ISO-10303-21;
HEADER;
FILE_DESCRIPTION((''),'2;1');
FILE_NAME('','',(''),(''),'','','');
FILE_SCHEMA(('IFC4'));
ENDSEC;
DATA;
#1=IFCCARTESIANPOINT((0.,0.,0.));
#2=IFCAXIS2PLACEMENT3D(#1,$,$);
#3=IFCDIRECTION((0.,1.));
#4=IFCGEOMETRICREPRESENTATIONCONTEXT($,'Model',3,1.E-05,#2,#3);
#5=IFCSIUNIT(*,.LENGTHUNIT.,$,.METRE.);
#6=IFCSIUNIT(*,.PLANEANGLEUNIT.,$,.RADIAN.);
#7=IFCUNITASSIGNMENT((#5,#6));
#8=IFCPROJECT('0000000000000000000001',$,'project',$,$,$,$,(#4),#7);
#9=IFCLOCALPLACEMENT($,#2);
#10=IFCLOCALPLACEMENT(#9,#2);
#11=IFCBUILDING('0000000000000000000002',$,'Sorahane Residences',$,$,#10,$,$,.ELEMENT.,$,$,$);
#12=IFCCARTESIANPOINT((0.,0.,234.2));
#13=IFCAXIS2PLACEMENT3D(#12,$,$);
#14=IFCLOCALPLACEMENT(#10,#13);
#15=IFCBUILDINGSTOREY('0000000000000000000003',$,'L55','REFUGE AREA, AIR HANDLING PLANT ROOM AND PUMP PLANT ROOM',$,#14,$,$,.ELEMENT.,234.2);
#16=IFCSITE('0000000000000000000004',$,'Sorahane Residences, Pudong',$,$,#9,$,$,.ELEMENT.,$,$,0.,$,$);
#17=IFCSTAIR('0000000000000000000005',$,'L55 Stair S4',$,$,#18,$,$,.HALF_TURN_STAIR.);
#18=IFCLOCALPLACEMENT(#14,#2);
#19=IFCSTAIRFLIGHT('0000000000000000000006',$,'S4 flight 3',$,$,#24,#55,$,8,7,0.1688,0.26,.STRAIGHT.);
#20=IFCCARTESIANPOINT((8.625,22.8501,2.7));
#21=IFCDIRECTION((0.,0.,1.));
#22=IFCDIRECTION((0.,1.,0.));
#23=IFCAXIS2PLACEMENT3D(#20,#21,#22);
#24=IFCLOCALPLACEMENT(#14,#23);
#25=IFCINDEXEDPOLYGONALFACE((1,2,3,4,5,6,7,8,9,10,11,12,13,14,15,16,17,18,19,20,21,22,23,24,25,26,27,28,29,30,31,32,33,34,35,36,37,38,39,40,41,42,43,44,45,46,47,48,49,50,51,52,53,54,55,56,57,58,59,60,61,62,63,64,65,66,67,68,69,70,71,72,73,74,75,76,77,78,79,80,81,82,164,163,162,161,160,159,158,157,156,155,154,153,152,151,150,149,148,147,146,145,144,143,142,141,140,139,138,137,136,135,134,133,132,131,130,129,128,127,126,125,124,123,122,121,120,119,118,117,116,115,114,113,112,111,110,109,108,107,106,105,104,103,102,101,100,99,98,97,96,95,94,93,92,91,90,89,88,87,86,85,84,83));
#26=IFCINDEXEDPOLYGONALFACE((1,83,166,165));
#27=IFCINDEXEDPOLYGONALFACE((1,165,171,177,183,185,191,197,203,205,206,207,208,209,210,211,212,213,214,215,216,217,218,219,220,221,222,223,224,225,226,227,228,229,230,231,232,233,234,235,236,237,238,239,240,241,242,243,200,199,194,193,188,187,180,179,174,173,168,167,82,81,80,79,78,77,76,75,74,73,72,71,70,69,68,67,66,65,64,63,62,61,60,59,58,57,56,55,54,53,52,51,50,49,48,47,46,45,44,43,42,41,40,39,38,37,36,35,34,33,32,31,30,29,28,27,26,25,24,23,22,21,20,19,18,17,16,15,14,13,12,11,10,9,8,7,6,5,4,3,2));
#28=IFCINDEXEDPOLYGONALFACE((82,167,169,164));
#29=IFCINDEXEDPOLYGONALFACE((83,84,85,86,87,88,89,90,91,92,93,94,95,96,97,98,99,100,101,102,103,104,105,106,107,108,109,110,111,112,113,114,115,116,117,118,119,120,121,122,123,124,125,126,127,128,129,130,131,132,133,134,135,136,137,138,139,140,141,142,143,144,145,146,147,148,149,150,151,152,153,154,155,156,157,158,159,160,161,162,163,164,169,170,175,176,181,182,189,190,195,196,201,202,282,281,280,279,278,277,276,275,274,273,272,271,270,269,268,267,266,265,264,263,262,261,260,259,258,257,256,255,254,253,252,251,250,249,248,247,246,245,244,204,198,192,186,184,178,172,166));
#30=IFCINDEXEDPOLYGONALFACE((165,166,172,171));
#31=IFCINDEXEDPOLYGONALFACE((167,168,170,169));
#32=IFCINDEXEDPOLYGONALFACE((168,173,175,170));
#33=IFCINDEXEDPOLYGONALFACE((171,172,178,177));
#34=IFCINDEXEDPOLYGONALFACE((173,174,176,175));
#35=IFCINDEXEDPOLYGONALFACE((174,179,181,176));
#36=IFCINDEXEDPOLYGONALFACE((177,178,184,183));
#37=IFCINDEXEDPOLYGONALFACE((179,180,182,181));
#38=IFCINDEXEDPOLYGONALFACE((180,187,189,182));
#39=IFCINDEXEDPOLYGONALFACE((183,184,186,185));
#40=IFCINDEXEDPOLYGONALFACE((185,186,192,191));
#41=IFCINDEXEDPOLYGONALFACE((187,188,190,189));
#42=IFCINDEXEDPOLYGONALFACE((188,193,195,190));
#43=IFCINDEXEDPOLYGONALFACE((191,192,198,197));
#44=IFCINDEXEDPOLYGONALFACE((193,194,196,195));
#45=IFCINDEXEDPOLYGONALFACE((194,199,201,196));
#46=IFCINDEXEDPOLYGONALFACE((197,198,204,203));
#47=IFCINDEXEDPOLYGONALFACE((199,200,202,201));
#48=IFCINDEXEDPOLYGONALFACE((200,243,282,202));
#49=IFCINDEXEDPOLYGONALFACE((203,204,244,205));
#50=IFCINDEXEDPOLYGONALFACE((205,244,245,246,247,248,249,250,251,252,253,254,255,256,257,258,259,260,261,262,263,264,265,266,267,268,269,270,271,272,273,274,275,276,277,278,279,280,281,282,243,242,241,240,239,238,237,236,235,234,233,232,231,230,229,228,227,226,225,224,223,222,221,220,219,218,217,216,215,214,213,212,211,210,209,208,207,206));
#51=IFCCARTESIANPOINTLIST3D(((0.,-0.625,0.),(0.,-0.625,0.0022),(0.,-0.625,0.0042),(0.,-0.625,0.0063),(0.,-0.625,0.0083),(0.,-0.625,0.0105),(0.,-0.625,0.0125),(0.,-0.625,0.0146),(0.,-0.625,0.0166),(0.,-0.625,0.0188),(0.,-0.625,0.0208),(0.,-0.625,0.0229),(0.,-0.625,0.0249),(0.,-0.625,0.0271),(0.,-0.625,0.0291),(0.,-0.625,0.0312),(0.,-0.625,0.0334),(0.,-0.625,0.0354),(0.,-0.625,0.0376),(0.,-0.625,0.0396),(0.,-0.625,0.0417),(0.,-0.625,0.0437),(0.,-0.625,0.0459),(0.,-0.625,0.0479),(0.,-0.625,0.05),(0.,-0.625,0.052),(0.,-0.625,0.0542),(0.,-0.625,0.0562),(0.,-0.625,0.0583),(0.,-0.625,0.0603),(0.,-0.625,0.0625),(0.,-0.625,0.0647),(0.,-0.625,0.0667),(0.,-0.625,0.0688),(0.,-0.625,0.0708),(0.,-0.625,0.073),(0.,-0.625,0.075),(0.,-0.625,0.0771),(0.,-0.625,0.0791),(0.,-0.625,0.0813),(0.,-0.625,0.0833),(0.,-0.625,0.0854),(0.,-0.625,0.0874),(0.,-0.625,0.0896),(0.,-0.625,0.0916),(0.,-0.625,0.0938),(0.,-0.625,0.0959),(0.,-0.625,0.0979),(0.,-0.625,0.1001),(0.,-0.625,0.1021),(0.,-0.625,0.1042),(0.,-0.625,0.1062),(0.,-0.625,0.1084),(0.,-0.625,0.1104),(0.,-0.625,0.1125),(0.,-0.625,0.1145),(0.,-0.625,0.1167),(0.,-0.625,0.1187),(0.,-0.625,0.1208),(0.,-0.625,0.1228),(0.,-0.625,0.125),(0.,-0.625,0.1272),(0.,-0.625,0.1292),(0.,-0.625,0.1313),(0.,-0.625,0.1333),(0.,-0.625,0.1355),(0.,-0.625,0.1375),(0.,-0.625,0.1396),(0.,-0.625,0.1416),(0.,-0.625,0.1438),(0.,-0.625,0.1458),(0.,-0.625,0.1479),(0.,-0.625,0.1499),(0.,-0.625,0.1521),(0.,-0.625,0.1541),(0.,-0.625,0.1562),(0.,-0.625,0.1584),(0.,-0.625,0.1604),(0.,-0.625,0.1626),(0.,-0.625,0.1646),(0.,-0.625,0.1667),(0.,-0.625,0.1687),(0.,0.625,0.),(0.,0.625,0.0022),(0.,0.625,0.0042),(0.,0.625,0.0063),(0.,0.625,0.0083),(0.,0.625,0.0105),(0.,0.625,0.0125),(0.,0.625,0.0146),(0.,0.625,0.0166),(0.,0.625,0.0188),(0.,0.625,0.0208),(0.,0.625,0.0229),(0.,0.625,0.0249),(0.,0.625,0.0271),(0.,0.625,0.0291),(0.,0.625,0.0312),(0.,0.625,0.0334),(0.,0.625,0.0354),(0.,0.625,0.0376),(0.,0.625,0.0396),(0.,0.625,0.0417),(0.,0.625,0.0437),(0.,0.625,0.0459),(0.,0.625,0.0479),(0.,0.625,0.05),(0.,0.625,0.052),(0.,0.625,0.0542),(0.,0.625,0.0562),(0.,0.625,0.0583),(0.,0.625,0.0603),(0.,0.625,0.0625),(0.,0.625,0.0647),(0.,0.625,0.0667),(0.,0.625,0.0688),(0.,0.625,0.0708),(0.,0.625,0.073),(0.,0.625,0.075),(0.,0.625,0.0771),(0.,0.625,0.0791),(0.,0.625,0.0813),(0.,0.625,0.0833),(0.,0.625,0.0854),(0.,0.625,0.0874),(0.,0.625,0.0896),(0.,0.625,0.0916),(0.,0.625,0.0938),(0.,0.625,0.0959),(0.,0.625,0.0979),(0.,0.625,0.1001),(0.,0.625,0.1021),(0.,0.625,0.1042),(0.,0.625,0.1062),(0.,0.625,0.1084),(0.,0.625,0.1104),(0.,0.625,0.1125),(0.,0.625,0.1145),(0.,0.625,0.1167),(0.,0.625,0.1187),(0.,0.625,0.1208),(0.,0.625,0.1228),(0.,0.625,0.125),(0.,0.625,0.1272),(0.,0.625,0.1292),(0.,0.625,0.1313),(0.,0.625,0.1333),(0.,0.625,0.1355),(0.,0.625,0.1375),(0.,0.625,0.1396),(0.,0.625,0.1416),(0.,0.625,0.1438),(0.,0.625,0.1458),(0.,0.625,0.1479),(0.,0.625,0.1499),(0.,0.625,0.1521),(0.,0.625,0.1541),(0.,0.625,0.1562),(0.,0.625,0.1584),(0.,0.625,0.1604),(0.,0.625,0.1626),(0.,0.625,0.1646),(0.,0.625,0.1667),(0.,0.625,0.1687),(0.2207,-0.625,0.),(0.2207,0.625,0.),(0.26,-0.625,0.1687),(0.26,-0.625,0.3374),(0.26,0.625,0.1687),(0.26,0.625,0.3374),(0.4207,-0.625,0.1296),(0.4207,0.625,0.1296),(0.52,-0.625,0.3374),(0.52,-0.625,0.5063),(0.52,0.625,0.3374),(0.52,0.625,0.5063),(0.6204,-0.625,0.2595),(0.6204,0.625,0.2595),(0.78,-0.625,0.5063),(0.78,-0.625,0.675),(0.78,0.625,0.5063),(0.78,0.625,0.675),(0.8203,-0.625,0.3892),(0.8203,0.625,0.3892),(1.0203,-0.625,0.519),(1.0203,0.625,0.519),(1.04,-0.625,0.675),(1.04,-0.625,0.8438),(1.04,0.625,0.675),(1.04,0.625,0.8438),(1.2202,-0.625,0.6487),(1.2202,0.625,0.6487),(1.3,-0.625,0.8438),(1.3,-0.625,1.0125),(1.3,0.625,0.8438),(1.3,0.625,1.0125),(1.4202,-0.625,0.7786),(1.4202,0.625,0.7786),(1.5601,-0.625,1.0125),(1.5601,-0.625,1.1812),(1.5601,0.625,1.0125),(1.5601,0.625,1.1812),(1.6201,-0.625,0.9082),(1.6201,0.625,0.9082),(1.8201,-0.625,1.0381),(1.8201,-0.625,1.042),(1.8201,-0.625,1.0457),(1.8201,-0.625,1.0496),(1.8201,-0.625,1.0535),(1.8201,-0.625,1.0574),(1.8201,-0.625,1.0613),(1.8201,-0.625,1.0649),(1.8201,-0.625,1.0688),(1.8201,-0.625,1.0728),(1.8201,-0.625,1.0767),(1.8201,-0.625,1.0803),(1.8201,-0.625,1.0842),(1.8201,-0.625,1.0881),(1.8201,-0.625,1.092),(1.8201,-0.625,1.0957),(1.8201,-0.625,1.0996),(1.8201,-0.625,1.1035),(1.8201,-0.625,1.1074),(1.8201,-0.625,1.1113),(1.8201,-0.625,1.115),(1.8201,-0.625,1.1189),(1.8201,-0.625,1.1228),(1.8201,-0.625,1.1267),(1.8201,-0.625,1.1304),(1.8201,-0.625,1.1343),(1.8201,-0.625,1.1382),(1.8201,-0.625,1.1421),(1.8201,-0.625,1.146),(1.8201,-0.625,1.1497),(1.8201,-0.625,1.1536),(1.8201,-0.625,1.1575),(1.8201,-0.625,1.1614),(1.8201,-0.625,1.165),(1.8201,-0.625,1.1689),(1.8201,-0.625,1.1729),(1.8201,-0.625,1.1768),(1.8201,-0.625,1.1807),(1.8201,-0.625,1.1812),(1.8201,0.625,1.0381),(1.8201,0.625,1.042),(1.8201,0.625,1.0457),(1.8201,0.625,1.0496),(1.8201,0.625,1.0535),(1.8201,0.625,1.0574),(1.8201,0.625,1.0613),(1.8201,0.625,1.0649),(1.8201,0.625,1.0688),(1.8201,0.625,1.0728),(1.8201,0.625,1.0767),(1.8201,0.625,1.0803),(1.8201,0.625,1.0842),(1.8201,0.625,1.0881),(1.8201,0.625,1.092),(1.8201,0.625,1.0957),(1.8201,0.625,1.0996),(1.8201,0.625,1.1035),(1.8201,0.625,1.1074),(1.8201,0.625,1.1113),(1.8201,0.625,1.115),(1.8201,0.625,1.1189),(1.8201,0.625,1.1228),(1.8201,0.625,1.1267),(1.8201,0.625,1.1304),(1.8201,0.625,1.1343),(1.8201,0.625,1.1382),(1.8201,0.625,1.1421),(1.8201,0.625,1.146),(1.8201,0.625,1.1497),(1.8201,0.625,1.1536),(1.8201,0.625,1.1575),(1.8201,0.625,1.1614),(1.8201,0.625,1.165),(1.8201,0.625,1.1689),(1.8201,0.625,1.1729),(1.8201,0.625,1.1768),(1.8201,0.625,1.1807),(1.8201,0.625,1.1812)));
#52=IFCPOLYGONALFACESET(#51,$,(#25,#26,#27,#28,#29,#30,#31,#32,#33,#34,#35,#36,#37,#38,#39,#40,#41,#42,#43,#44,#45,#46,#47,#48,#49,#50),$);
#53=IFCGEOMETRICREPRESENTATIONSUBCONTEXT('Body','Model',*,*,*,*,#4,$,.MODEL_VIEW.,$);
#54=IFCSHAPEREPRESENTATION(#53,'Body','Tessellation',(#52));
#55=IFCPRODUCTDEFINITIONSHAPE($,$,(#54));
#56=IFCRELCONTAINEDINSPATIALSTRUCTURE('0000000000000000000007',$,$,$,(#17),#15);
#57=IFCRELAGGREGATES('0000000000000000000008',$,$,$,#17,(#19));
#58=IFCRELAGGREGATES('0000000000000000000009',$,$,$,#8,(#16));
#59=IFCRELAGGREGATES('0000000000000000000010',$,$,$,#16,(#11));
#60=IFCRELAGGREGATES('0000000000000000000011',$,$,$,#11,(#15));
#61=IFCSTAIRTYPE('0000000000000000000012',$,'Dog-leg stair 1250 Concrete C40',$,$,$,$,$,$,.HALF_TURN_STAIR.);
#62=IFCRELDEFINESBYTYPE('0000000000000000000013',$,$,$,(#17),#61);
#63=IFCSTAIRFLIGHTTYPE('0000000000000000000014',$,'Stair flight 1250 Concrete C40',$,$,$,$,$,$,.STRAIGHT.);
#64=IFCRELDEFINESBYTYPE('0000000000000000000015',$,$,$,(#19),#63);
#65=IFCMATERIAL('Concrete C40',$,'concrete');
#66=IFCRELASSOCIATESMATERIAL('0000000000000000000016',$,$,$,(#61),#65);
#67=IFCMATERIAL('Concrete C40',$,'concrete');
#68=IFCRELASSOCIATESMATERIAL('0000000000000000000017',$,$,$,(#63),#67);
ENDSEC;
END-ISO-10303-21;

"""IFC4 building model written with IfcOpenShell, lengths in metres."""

from ifc_helpers import new_model, si_unit, direction, frame, origin, place, context, subcontext, project, spatial, polyline, outline, extrude, material, type_object, element, aggregate, save


model = new_model("IFC4")

# Units and contexts
model_context = context("Model", 3, precision=1e-05, world=origin(), true_north=direction((0.0, 1.0)))
body_context = subcontext(model_context, "Body", "Model", "MODEL_VIEW")
ifc_project = project(units=[si_unit("LENGTHUNIT", "METRE"), si_unit("PLANEANGLEUNIT", "RADIAN")], contexts=[model_context])

# Site, building, storey
site_placement = place(None, origin())
site = spatial("IfcSite", under=ifc_project, at=site_placement, Name="Sorahane Residences, Pudong", CompositionType="ELEMENT", RefElevation=0.0)
building_placement = place(site_placement, origin())
building = spatial("IfcBuilding", under=site, at=building_placement, Name="Sorahane Residences", CompositionType="ELEMENT")
storey_placement = place(building_placement, frame((0.0, 0.0, 234.2)))
storey = spatial("IfcBuildingStorey", under=building, at=storey_placement, Name="L55", Description="REFUGE AREA, AIR HANDLING PLANT ROOM AND PUMP PLANT ROOM", CompositionType="ELEMENT", Elevation=234.2)

# Stair, stair flight
ifc_material_1 = material(Name="Concrete C40", Category="concrete")
stair_type = type_object("IfcStairType", Name="Dog-leg stair 1250 Concrete C40", PredefinedType="HALF_TURN_STAIR", material=ifc_material_1)
stair_placement = place(storey_placement, origin())
stair = element("IfcStair", 1, at=stair_placement, inside=storey, type_object=stair_type, Name="L55 Stair S4", PredefinedType="HALF_TURN_STAIR")
ifc_material_2 = material(Name="Concrete C40", Category="concrete")
stair_flight_type = type_object("IfcStairFlightType", Name="Stair flight 1250 Concrete C40", PredefinedType="STRAIGHT", material=ifc_material_2)
stair_flight_1_placement = place(storey_placement, frame((8.625, 22.8501, 2.7), z_axis=(0.0, 0.0, 1.0), x_axis=(0.0, 1.0, 0.0)))
stair_flight_1 = element("IfcStairFlight", 2, at=stair_flight_1_placement, type_object=stair_flight_type, Name="S4 flight 3", NumberOfRisers=8, NumberOfTreads=7, PredefinedType="STRAIGHT", RiserHeight=0.1688, TreadLength=0.26, context=body_context, shape_type="SweptSolid", body=[
    extrude(outline(polyline([(0.0, 0.0), (0.0, 0.0022), (0.0, 0.0042), (0.0, 0.0063), (0.0, 0.0083), (0.0, 0.0105), (0.0, 0.0125), (0.0, 0.0146), (0.0, 0.0166), (0.0, 0.0188), (0.0, 0.0208), (0.0, 0.0229), (0.0, 0.0249), (0.0, 0.0271), (0.0, 0.0291), (0.0, 0.0312), (0.0, 0.0334), (0.0, 0.0354), (0.0, 0.0376), (0.0, 0.0396), (0.0, 0.0417), (0.0, 0.0437), (0.0, 0.0459), (0.0, 0.0479), (0.0, 0.05), (0.0, 0.052), (0.0, 0.0542), (0.0, 0.0562), (0.0, 0.0583), (0.0, 0.0603), (0.0, 0.0625), (0.0, 0.0647), (0.0, 0.0667), (0.0, 0.0688), (0.0, 0.0708), (0.0, 0.073), (0.0, 0.075), (0.0, 0.0771), (0.0, 0.0791), (0.0, 0.0813), (0.0, 0.0833), (0.0, 0.0854), (0.0, 0.0874), (0.0, 0.0896), (0.0, 0.0916), (0.0, 0.0938), (0.0, 0.0959), (0.0, 0.0979), (0.0, 0.1001), (0.0, 0.1021), (0.0, 0.1042), (0.0, 0.1062), (0.0, 0.1084), (0.0, 0.1104), (0.0, 0.1125), (0.0, 0.1145), (0.0, 0.1167), (0.0, 0.1187), (0.0, 0.1208), (0.0, 0.1228), (0.0, 0.125), (0.0, 0.1272), (0.0, 0.1292), (0.0, 0.1313), (0.0, 0.1333), (0.0, 0.1355), (0.0, 0.1375), (0.0, 0.1396), (0.0, 0.1416), (0.0, 0.1438), (0.0, 0.1458), (0.0, 0.1479), (0.0, 0.1499), (0.0, 0.1521), (0.0, 0.1541), (0.0, 0.1562), (0.0, 0.1584), (0.0, 0.1604), (0.0, 0.1626), (0.0, 0.1646), (0.0, 0.1667), (0.0, 0.1687), (0.26, 0.1687), (0.26, 0.3374), (0.52, 0.3374), (0.52, 0.5063), (0.78, 0.5063), (0.78, 0.675), (1.04, 0.675), (1.04, 0.8438), (1.3, 0.8438), (1.3, 1.0125), (1.5601, 1.0125), (1.5601, 1.1812), (1.8201, 1.1812), (1.8201, 1.3501), (1.8201, 1.3462), (1.8201, 1.3423), (1.8201, 1.3384), (1.8201, 1.3347), (1.8201, 1.3308), (1.8201, 1.3269), (1.8201, 1.323), (1.8201, 1.3191), (1.8201, 1.3154), (1.8201, 1.3115), (1.8201, 1.3076), (1.8201, 1.3037), (1.8201, 1.3), (1.8201, 1.2961), (1.8201, 1.2922), (1.8201, 1.2883), (1.8201, 1.2844), (1.8201, 1.2808), (1.8201, 1.2769), (1.8201, 1.2729), (1.8201, 1.269), (1.8201, 1.2654), (1.8201, 1.2615), (1.8201, 1.2576), (1.8201, 1.2537), (1.8201, 1.2498), (1.8201, 1.2461), (1.8201, 1.2422), (1.8201, 1.2383), (1.8201, 1.2344), (1.8201, 1.2307), (1.8201, 1.2268), (1.8201, 1.2229), (1.8201, 1.219), (1.8201, 1.2151), (1.8201, 1.2114), (1.8201, 1.2075), (1.8201, 1.2036), (1.8201, 1.1997), (1.8201, 1.196), (1.8201, 1.1921), (1.8201, 1.1882), (1.8201, 1.1843), (1.8201, 1.1807), (1.8201, 1.1768), (1.8201, 1.1729), (1.8201, 1.1689), (1.8201, 1.165), (1.8201, 1.1614), (1.8201, 1.1575), (1.8201, 1.1536), (1.8201, 1.1497), (1.8201, 1.146), (1.8201, 1.1421), (1.8201, 1.1382), (1.8201, 1.1343), (1.8201, 1.1304), (1.8201, 1.1267), (1.8201, 1.1228), (1.8201, 1.1189), (1.8201, 1.115), (1.8201, 1.1113), (1.8201, 1.1074), (1.8201, 1.1035), (1.8201, 1.0996), (1.8201, 1.0957), (1.8201, 1.092), (1.8201, 1.0881), (1.8201, 1.0842), (1.8201, 1.0803), (1.8201, 1.0767), (1.8201, 1.0728), (1.8201, 1.0688), (1.8201, 1.0649), (1.8201, 1.0613), (1.8201, 1.0574), (1.8201, 1.0535), (1.8201, 1.0496), (1.8201, 1.0457), (1.8201, 1.042), (1.8201, 1.0381), (1.6201, 0.9082), (1.4202, 0.7786), (1.2202, 0.6487), (1.0203, 0.519), (0.8203, 0.3892), (0.6204, 0.2595), (0.4207, 0.1296), (0.2207, 0.0), (0.0, 0.0)])), frame((0.0, 0.625, 0.0), z_axis=(0.0, -1.0, 0.0), x_axis=(1.0, 0.0, 0.0)), (0.0, 0.0, 1.0), 1.25),
])
aggregate(stair, [stair_flight_1])

save(model, "model.ifc")
